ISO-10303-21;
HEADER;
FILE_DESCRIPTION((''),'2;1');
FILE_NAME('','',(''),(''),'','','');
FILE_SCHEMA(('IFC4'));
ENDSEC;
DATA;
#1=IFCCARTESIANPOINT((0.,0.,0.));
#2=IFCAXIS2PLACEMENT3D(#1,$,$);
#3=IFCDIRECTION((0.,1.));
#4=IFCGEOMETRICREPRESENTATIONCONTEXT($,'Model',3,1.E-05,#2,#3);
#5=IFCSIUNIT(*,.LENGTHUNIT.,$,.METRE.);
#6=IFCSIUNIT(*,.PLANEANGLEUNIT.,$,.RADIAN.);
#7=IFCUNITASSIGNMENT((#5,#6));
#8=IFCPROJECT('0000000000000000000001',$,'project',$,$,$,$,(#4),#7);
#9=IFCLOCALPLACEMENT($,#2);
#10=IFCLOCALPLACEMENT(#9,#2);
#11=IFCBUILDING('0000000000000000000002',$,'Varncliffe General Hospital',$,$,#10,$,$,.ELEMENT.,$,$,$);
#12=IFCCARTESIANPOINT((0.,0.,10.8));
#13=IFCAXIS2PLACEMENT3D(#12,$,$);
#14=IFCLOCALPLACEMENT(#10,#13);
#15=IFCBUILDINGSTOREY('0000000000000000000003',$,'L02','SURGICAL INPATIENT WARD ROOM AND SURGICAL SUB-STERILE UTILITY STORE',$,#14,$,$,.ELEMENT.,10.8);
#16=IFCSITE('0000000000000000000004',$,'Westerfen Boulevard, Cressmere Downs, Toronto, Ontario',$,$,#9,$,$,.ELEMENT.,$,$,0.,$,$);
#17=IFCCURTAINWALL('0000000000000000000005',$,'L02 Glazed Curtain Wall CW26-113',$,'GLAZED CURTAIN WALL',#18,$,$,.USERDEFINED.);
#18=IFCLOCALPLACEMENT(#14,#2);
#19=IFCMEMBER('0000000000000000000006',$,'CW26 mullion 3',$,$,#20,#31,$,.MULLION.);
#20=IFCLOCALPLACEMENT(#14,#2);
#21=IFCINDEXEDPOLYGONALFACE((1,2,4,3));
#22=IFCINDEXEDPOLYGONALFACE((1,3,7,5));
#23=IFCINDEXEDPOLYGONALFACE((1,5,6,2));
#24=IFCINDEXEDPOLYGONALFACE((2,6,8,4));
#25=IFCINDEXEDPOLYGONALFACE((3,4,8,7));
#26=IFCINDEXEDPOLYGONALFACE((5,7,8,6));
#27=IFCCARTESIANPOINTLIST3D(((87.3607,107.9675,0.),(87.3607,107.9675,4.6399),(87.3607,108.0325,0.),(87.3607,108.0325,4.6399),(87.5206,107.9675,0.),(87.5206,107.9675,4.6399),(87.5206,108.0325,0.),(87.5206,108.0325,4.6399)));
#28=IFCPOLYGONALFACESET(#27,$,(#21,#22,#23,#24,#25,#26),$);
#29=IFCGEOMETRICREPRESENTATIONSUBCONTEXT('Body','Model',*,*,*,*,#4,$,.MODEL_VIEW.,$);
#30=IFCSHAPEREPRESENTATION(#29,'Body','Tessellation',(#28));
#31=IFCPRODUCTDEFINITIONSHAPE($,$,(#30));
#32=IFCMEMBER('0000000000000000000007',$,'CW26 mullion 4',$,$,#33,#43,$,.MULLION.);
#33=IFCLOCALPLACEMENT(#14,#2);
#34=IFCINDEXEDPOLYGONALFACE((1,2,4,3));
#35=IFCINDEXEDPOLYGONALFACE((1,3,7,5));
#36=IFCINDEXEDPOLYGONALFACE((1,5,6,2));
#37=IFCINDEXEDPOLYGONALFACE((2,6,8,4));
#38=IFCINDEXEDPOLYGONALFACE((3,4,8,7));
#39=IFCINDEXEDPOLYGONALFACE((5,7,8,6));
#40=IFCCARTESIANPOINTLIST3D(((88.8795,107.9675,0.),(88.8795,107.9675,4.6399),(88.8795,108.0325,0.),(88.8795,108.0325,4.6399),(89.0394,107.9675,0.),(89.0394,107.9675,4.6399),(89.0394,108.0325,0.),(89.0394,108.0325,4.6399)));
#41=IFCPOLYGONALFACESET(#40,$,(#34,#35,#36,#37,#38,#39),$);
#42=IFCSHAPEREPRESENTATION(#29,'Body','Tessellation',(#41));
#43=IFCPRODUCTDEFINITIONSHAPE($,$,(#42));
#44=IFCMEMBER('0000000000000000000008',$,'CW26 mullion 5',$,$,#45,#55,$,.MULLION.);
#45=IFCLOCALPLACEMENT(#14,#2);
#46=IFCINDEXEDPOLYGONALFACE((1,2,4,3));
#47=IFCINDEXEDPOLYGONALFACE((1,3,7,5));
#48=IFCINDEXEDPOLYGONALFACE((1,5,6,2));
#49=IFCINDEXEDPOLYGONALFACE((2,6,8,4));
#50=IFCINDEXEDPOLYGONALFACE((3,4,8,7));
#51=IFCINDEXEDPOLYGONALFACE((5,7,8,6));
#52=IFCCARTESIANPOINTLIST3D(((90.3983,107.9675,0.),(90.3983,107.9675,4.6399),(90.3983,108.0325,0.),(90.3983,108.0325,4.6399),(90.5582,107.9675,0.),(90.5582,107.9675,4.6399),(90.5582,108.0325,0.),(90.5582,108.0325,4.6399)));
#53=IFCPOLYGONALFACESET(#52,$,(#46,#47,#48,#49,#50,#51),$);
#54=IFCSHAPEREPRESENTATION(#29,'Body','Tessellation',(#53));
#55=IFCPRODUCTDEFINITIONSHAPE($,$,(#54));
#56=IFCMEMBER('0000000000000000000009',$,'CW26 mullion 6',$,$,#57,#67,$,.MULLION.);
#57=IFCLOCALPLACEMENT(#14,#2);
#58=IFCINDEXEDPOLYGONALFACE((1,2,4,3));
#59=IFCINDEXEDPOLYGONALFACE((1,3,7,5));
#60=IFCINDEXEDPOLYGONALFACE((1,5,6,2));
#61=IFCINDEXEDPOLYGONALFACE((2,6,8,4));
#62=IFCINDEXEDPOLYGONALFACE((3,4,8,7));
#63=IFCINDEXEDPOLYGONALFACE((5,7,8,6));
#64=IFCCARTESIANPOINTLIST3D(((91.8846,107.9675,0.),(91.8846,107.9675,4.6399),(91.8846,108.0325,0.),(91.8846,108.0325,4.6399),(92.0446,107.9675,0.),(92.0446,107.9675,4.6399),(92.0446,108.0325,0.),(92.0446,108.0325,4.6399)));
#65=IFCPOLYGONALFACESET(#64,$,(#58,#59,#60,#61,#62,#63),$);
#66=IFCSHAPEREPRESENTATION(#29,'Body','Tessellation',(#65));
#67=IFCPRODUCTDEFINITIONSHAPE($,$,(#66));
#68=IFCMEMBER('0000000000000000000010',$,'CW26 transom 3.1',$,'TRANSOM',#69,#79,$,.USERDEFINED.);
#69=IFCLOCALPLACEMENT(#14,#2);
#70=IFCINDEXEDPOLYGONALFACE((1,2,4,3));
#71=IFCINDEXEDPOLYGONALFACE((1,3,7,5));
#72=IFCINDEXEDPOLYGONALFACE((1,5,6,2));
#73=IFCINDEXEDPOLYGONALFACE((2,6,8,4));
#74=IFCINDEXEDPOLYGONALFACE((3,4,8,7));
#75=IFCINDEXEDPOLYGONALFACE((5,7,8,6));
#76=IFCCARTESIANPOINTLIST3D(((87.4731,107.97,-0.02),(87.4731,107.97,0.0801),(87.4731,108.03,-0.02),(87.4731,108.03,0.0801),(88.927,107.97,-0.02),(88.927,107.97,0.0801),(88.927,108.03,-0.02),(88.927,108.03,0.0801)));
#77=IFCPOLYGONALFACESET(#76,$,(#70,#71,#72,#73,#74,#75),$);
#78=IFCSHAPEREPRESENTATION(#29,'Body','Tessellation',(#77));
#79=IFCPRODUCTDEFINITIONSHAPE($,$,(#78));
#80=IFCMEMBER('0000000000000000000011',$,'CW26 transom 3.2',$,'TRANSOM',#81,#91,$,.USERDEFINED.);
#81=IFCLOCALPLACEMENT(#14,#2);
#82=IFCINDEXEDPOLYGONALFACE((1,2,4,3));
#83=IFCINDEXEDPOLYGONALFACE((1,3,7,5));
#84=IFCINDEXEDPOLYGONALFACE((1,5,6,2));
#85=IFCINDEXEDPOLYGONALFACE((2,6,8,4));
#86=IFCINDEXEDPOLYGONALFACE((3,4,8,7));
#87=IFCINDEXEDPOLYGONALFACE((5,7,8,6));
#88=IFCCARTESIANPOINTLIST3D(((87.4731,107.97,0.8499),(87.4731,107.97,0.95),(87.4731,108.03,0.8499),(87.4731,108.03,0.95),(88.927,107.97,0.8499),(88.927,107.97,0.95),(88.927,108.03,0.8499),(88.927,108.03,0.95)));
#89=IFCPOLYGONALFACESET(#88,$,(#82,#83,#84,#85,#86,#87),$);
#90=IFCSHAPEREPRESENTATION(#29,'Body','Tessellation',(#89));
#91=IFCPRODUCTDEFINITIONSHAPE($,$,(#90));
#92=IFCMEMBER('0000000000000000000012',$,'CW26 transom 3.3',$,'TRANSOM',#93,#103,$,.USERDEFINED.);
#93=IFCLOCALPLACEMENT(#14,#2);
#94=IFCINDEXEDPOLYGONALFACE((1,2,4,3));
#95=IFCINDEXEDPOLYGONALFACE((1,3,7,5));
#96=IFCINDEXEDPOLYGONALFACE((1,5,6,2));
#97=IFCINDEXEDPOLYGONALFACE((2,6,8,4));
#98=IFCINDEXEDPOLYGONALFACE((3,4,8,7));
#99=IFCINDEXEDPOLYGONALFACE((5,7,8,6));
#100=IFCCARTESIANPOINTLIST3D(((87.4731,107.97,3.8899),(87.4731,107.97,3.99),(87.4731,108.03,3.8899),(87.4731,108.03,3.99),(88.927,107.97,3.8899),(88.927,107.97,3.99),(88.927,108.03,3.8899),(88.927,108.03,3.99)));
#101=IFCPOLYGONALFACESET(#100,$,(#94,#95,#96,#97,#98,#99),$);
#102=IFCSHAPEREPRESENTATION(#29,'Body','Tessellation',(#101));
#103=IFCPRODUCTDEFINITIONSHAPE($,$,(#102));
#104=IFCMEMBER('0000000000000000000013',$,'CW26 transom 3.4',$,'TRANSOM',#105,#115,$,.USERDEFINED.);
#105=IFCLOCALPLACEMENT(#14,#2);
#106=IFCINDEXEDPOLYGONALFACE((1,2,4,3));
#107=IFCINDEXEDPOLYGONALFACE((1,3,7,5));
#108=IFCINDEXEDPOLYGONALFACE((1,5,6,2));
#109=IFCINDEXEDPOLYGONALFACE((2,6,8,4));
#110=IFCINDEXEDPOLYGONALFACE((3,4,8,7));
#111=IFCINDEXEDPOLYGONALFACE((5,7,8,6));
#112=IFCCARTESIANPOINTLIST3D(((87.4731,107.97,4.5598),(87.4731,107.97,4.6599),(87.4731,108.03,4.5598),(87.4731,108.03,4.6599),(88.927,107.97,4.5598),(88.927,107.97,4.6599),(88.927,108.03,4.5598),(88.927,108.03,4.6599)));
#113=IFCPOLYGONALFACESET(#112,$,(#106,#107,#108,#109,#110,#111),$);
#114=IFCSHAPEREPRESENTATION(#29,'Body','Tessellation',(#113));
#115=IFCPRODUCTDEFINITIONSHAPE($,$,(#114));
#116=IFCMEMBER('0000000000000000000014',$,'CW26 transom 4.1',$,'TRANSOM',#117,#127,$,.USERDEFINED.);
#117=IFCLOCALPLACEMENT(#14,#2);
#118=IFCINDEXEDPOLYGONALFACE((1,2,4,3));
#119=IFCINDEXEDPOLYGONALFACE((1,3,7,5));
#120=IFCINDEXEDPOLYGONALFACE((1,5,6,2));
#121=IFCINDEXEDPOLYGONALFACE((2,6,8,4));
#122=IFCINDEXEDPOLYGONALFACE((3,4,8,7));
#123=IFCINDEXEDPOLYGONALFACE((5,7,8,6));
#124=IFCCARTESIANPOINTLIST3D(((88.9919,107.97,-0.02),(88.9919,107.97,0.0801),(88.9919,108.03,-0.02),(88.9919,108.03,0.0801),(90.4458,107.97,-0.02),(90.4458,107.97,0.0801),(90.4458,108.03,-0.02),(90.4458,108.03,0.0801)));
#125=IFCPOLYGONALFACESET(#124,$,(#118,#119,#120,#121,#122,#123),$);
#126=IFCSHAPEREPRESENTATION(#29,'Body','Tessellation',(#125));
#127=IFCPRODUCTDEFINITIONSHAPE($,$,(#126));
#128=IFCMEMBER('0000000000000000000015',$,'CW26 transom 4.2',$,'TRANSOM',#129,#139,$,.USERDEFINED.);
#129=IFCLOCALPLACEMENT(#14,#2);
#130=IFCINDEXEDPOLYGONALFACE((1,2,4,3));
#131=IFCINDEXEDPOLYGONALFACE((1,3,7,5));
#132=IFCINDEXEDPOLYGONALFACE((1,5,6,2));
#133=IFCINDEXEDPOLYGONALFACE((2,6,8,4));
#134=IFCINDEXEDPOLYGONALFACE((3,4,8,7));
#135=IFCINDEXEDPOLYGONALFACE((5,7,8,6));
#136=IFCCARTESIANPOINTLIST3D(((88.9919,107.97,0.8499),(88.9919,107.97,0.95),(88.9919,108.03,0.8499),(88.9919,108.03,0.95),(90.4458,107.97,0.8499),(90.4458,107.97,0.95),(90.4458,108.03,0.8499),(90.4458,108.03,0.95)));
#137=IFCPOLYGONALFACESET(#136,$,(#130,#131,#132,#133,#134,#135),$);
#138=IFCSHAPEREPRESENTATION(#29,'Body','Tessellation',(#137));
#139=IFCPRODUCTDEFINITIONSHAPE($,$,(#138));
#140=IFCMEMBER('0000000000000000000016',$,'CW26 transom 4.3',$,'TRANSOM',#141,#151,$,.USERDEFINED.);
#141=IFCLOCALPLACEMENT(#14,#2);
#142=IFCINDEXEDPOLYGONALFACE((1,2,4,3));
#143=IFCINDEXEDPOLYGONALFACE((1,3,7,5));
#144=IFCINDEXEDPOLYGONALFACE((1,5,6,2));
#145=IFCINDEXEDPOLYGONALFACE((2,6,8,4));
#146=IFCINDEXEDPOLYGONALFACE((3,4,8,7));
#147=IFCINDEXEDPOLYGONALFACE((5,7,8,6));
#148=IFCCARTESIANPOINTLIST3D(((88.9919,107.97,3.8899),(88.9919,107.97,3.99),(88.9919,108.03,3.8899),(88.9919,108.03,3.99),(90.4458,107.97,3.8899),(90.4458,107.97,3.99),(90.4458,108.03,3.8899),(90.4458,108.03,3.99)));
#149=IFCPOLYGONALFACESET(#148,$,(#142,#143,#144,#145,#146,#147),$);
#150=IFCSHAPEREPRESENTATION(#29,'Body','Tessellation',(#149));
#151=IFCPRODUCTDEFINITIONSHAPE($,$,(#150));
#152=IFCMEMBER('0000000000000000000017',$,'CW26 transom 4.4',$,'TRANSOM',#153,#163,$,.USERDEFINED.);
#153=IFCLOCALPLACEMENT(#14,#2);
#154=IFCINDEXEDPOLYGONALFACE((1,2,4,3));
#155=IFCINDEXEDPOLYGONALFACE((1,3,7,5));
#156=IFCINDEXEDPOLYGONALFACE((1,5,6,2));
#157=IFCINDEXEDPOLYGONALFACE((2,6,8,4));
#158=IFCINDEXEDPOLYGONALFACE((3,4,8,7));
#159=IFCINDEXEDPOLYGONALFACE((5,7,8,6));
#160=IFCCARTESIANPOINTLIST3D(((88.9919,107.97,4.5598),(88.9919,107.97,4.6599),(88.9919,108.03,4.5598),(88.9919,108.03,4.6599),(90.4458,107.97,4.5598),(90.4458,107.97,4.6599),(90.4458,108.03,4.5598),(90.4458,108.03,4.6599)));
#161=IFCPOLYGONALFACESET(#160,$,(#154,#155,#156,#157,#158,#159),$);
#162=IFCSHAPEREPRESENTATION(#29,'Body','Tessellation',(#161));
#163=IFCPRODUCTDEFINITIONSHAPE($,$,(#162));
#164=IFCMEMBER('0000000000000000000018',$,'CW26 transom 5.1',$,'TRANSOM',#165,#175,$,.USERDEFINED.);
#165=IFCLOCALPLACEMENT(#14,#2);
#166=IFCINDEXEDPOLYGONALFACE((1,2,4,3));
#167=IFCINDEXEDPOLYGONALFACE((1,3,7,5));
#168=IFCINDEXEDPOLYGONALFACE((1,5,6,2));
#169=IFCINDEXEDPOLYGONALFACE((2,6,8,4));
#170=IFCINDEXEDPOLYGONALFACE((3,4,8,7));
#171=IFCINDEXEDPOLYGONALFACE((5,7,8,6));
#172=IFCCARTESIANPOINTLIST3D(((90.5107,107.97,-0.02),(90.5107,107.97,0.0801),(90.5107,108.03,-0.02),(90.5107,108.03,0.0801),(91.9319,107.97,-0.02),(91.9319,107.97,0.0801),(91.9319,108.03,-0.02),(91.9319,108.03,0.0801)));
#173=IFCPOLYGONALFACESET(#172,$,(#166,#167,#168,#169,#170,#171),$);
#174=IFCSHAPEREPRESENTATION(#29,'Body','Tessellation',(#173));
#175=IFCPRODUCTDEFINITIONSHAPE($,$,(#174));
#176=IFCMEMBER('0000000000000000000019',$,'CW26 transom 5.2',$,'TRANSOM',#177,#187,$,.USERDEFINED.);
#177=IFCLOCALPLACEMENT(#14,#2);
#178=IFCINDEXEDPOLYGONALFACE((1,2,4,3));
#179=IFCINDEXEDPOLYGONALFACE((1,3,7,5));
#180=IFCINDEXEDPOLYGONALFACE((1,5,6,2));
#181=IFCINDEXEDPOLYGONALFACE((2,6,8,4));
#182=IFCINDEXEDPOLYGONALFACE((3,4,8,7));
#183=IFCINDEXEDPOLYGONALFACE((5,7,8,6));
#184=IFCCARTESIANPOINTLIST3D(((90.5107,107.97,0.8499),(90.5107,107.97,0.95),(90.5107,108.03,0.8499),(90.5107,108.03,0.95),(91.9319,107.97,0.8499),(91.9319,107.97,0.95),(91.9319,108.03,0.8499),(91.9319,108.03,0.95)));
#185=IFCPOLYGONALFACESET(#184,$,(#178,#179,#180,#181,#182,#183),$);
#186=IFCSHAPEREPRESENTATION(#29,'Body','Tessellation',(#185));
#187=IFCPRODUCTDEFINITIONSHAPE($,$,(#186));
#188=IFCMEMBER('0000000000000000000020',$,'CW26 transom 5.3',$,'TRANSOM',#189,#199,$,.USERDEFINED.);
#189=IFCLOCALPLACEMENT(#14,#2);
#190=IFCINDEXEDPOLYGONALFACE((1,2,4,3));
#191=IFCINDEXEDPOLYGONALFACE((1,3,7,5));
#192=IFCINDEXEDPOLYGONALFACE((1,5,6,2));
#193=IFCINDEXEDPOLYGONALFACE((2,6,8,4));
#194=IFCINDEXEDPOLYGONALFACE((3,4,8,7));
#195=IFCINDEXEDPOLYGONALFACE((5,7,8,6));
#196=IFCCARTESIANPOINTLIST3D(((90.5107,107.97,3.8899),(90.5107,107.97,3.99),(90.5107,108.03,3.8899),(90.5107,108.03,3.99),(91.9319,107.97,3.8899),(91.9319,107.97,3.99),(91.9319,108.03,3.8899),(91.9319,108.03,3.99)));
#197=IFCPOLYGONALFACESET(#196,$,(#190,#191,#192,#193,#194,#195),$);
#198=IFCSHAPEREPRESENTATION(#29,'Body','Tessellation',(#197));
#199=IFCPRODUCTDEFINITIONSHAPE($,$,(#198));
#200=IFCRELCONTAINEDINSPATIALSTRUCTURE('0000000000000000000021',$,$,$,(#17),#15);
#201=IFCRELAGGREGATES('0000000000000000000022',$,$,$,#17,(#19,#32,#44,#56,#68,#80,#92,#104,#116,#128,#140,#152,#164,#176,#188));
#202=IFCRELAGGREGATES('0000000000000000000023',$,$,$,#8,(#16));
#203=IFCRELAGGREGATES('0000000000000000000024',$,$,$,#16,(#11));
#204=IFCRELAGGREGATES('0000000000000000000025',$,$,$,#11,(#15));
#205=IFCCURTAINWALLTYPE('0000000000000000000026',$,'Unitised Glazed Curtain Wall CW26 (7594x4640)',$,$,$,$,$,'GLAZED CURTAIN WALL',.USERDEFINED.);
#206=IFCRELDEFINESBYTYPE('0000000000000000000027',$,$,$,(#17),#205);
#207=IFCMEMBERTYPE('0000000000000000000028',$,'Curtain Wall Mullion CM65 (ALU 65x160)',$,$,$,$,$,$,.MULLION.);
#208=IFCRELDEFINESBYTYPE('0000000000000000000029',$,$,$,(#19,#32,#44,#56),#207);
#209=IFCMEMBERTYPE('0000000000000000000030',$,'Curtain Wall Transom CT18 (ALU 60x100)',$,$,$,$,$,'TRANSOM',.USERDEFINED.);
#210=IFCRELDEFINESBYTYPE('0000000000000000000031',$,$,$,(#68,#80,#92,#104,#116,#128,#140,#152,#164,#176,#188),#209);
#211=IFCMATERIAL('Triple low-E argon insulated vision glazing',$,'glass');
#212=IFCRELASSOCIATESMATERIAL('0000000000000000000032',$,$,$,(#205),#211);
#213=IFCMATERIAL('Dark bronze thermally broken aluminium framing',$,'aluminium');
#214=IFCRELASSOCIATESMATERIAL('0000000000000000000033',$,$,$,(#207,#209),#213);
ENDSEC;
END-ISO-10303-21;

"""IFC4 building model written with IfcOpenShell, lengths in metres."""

from ifc_helpers import new_model, si_unit, direction, frame, origin, origin_2d, place, context, subcontext, project, spatial, rectangle, extrude, material, material_profile, profile_set, type_object, element, aggregate, save


model = new_model("IFC4")

# Units and contexts
model_context = context("Model", 3, precision=1e-05, world=origin(), true_north=direction((0.0, 1.0)))
body_context = subcontext(model_context, "Body", "Model", "MODEL_VIEW")
ifc_project = project(units=[si_unit("LENGTHUNIT", "METRE"), si_unit("PLANEANGLEUNIT", "RADIAN")], contexts=[model_context])

# Site, building, storey
site_placement = place(None, origin())
site = spatial("IfcSite", under=ifc_project, at=site_placement, Name="Westerfen Boulevard, Cressmere Downs, Toronto, Ontario", CompositionType="ELEMENT", RefElevation=0.0)
building_placement = place(site_placement, origin())
building = spatial("IfcBuilding", under=site, at=building_placement, Name="Varncliffe General Hospital", CompositionType="ELEMENT")
storey_placement = place(building_placement, frame((0.0, 0.0, 10.8)))
storey = spatial("IfcBuildingStorey", under=building, at=storey_placement, Name="L02", Description="SURGICAL INPATIENT WARD ROOM AND SURGICAL SUB-STERILE UTILITY STORE", CompositionType="ELEMENT", Elevation=10.8)

# Curtain wall, members
ifc_material_1 = material(Name="Triple low-E argon insulated vision glazing", Category="glass")
curtain_wall_type = type_object("IfcCurtainWallType", Name="Unitised Glazed Curtain Wall CW26 (7594x4640)", ElementType="GLAZED CURTAIN WALL", PredefinedType="USERDEFINED", material=ifc_material_1)
curtain_wall_placement = place(storey_placement, origin())
curtain_wall = element("IfcCurtainWall", 1, at=curtain_wall_placement, inside=storey, type_object=curtain_wall_type, Name="L02 Glazed Curtain Wall CW26-113", ObjectType="GLAZED CURTAIN WALL", PredefinedType="USERDEFINED")
ifc_material_2 = material(Name="Dark bronze thermally broken aluminium framing", Category="aluminium")
ifc_material_profile_1 = material_profile(ifc_material_2, rectangle(XDim=0.0649, YDim=0.1599, at=origin_2d()), Name="ALU 65x160")
ifc_profile_set_1 = profile_set([ifc_material_profile_1], Name="Dark bronze thermally broken aluminium framing")
member_type_1 = type_object("IfcMemberType", Name="Curtain Wall Mullion CM65 (ALU 65x160)", PredefinedType="MULLION", material=ifc_profile_set_1)
member_1_placement = place(storey_placement, frame((87.4407, 108.0, 0.0), z_axis=(0.0, 0.0, 1.0), x_axis=(0.0, 1.0, 0.0)))
member_1 = element("IfcMember", 2, at=member_1_placement, type_object=member_type_1, Name="CW26 mullion 3", PredefinedType="MULLION", context=body_context, shape_type="SweptSolid", body=[
    extrude(rectangle(XDim=0.0649, YDim=0.1599, at=origin_2d()), origin(), (0.0, 0.0, 1.0), 4.6399),
])
member_2_placement = place(storey_placement, frame((88.9595, 108.0, 0.0), z_axis=(0.0, 0.0, 1.0), x_axis=(0.0, 1.0, 0.0)))
member_2 = element("IfcMember", 3, at=member_2_placement, type_object=member_type_1, Name="CW26 mullion 4", PredefinedType="MULLION", context=body_context, shape_type="SweptSolid", body=[
    extrude(rectangle(XDim=0.0649, YDim=0.1599, at=origin_2d()), origin(), (0.0, 0.0, 1.0), 4.6399),
])
member_3_placement = place(storey_placement, frame((90.4783, 108.0, 0.0), z_axis=(0.0, 0.0, 1.0), x_axis=(0.0, 1.0, 0.0)))
member_3 = element("IfcMember", 4, at=member_3_placement, type_object=member_type_1, Name="CW26 mullion 5", PredefinedType="MULLION", context=body_context, shape_type="SweptSolid", body=[
    extrude(rectangle(XDim=0.0649, YDim=0.1599, at=origin_2d()), origin(), (0.0, 0.0, 1.0), 4.6399),
])
member_4_placement = place(storey_placement, frame((91.9646, 108.0, 0.0), z_axis=(0.0, 0.0, 1.0), x_axis=(0.0, 1.0, 0.0)))
member_4 = element("IfcMember", 5, at=member_4_placement, type_object=member_type_1, Name="CW26 mullion 6", PredefinedType="MULLION", context=body_context, shape_type="SweptSolid", body=[
    extrude(rectangle(XDim=0.0649, YDim=0.1599, at=origin_2d()), origin(), (0.0, 0.0, 1.0), 4.6399),
])
ifc_material_profile_2 = material_profile(ifc_material_2, rectangle(XDim=0.0601, YDim=0.1001, at=origin_2d()), Name="ALU 60x100")
ifc_profile_set_2 = profile_set([ifc_material_profile_2], Name="Dark bronze thermally broken aluminium framing")
member_type_2 = type_object("IfcMemberType", Name="Curtain Wall Transom CT18 (ALU 60x100)", ElementType="TRANSOM", PredefinedType="USERDEFINED", material=ifc_profile_set_2)
member_5_placement = place(storey_placement, frame((87.4731, 108.0, 0.03), z_axis=(1.0, 0.0, 0.0), x_axis=(0.0, 1.0, 0.0)))
member_5 = element("IfcMember", 6, at=member_5_placement, type_object=member_type_2, Name="CW26 transom 3.1", ObjectType="TRANSOM", PredefinedType="USERDEFINED", context=body_context, shape_type="SweptSolid", body=[
    extrude(rectangle(XDim=0.0601, YDim=0.1001, at=origin_2d()), origin(), (0.0, 0.0, 1.0), 1.4539),
])
member_6_placement = place(storey_placement, frame((87.4731, 108.0, 0.8999), z_axis=(1.0, 0.0, 0.0), x_axis=(0.0, 1.0, 0.0)))
member_6 = element("IfcMember", 7, at=member_6_placement, type_object=member_type_2, Name="CW26 transom 3.2", ObjectType="TRANSOM", PredefinedType="USERDEFINED", context=body_context, shape_type="SweptSolid", body=[
    extrude(rectangle(XDim=0.0601, YDim=0.1001, at=origin_2d()), origin(), (0.0, 0.0, 1.0), 1.4539),
])
member_7_placement = place(storey_placement, frame((87.4731, 108.0, 3.9399), z_axis=(1.0, 0.0, 0.0), x_axis=(0.0, 1.0, 0.0)))
member_7 = element("IfcMember", 8, at=member_7_placement, type_object=member_type_2, Name="CW26 transom 3.3", ObjectType="TRANSOM", PredefinedType="USERDEFINED", context=body_context, shape_type="SweptSolid", body=[
    extrude(rectangle(XDim=0.0601, YDim=0.1001, at=origin_2d()), origin(), (0.0, 0.0, 1.0), 1.4539),
])
member_8_placement = place(storey_placement, frame((87.4731, 108.0, 4.6099), z_axis=(1.0, 0.0, 0.0), x_axis=(0.0, 1.0, 0.0)))
member_8 = element("IfcMember", 9, at=member_8_placement, type_object=member_type_2, Name="CW26 transom 3.4", ObjectType="TRANSOM", PredefinedType="USERDEFINED", context=body_context, shape_type="SweptSolid", body=[
    extrude(rectangle(XDim=0.0601, YDim=0.1001, at=origin_2d()), origin(), (0.0, 0.0, 1.0), 1.4539),
])
member_9_placement = place(storey_placement, frame((88.9919, 108.0, 0.03), z_axis=(1.0, 0.0, 0.0), x_axis=(0.0, 1.0, 0.0)))
member_9 = element("IfcMember", 10, at=member_9_placement, type_object=member_type_2, Name="CW26 transom 4.1", ObjectType="TRANSOM", PredefinedType="USERDEFINED", context=body_context, shape_type="SweptSolid", body=[
    extrude(rectangle(XDim=0.0601, YDim=0.1001, at=origin_2d()), origin(), (0.0, 0.0, 1.0), 1.4539),
])
member_10_placement = place(storey_placement, frame((88.9919, 108.0, 0.8999), z_axis=(1.0, 0.0, 0.0), x_axis=(0.0, 1.0, 0.0)))
member_10 = element("IfcMember", 11, at=member_10_placement, type_object=member_type_2, Name="CW26 transom 4.2", ObjectType="TRANSOM", PredefinedType="USERDEFINED", context=body_context, shape_type="SweptSolid", body=[
    extrude(rectangle(XDim=0.0601, YDim=0.1001, at=origin_2d()), origin(), (0.0, 0.0, 1.0), 1.4539),
])
member_11_placement = place(storey_placement, frame((88.9919, 108.0, 3.9399), z_axis=(1.0, 0.0, 0.0), x_axis=(0.0, 1.0, 0.0)))
member_11 = element("IfcMember", 12, at=member_11_placement, type_object=member_type_2, Name="CW26 transom 4.3", ObjectType="TRANSOM", PredefinedType="USERDEFINED", context=body_context, shape_type="SweptSolid", body=[
    extrude(rectangle(XDim=0.0601, YDim=0.1001, at=origin_2d()), origin(), (0.0, 0.0, 1.0), 1.4539),
])
member_12_placement = place(storey_placement, frame((88.9919, 108.0, 4.6099), z_axis=(1.0, 0.0, 0.0), x_axis=(0.0, 1.0, 0.0)))
member_12 = element("IfcMember", 13, at=member_12_placement, type_object=member_type_2, Name="CW26 transom 4.4", ObjectType="TRANSOM", PredefinedType="USERDEFINED", context=body_context, shape_type="SweptSolid", body=[
    extrude(rectangle(XDim=0.0601, YDim=0.1001, at=origin_2d()), origin(), (0.0, 0.0, 1.0), 1.4539),
])
member_13_placement = place(storey_placement, frame((90.5107, 108.0, 0.03), z_axis=(1.0, 0.0, 0.0), x_axis=(0.0, 1.0, 0.0)))
member_13 = element("IfcMember", 14, at=member_13_placement, type_object=member_type_2, Name="CW26 transom 5.1", ObjectType="TRANSOM", PredefinedType="USERDEFINED", context=body_context, shape_type="SweptSolid", body=[
    extrude(rectangle(XDim=0.0601, YDim=0.1001, at=origin_2d()), origin(), (0.0, 0.0, 1.0), 1.4211),
])
member_14_placement = place(storey_placement, frame((90.5107, 108.0, 0.8999), z_axis=(1.0, 0.0, 0.0), x_axis=(0.0, 1.0, 0.0)))
member_14 = element("IfcMember", 15, at=member_14_placement, type_object=member_type_2, Name="CW26 transom 5.2", ObjectType="TRANSOM", PredefinedType="USERDEFINED", context=body_context, shape_type="SweptSolid", body=[
    extrude(rectangle(XDim=0.0601, YDim=0.1001, at=origin_2d()), origin(), (0.0, 0.0, 1.0), 1.4211),
])
member_15_placement = place(storey_placement, frame((90.5107, 108.0, 3.9399), z_axis=(1.0, 0.0, 0.0), x_axis=(0.0, 1.0, 0.0)))
member_15 = element("IfcMember", 16, at=member_15_placement, type_object=member_type_2, Name="CW26 transom 5.3", ObjectType="TRANSOM", PredefinedType="USERDEFINED", context=body_context, shape_type="SweptSolid", body=[
    extrude(rectangle(XDim=0.0601, YDim=0.1001, at=origin_2d()), origin(), (0.0, 0.0, 1.0), 1.4211),
])
aggregate(curtain_wall, [member_1, member_2, member_3, member_4, member_5, member_6, member_7, member_8, member_9, member_10, member_11, member_12, member_13, member_14, member_15])

save(model, "model.ifc")
